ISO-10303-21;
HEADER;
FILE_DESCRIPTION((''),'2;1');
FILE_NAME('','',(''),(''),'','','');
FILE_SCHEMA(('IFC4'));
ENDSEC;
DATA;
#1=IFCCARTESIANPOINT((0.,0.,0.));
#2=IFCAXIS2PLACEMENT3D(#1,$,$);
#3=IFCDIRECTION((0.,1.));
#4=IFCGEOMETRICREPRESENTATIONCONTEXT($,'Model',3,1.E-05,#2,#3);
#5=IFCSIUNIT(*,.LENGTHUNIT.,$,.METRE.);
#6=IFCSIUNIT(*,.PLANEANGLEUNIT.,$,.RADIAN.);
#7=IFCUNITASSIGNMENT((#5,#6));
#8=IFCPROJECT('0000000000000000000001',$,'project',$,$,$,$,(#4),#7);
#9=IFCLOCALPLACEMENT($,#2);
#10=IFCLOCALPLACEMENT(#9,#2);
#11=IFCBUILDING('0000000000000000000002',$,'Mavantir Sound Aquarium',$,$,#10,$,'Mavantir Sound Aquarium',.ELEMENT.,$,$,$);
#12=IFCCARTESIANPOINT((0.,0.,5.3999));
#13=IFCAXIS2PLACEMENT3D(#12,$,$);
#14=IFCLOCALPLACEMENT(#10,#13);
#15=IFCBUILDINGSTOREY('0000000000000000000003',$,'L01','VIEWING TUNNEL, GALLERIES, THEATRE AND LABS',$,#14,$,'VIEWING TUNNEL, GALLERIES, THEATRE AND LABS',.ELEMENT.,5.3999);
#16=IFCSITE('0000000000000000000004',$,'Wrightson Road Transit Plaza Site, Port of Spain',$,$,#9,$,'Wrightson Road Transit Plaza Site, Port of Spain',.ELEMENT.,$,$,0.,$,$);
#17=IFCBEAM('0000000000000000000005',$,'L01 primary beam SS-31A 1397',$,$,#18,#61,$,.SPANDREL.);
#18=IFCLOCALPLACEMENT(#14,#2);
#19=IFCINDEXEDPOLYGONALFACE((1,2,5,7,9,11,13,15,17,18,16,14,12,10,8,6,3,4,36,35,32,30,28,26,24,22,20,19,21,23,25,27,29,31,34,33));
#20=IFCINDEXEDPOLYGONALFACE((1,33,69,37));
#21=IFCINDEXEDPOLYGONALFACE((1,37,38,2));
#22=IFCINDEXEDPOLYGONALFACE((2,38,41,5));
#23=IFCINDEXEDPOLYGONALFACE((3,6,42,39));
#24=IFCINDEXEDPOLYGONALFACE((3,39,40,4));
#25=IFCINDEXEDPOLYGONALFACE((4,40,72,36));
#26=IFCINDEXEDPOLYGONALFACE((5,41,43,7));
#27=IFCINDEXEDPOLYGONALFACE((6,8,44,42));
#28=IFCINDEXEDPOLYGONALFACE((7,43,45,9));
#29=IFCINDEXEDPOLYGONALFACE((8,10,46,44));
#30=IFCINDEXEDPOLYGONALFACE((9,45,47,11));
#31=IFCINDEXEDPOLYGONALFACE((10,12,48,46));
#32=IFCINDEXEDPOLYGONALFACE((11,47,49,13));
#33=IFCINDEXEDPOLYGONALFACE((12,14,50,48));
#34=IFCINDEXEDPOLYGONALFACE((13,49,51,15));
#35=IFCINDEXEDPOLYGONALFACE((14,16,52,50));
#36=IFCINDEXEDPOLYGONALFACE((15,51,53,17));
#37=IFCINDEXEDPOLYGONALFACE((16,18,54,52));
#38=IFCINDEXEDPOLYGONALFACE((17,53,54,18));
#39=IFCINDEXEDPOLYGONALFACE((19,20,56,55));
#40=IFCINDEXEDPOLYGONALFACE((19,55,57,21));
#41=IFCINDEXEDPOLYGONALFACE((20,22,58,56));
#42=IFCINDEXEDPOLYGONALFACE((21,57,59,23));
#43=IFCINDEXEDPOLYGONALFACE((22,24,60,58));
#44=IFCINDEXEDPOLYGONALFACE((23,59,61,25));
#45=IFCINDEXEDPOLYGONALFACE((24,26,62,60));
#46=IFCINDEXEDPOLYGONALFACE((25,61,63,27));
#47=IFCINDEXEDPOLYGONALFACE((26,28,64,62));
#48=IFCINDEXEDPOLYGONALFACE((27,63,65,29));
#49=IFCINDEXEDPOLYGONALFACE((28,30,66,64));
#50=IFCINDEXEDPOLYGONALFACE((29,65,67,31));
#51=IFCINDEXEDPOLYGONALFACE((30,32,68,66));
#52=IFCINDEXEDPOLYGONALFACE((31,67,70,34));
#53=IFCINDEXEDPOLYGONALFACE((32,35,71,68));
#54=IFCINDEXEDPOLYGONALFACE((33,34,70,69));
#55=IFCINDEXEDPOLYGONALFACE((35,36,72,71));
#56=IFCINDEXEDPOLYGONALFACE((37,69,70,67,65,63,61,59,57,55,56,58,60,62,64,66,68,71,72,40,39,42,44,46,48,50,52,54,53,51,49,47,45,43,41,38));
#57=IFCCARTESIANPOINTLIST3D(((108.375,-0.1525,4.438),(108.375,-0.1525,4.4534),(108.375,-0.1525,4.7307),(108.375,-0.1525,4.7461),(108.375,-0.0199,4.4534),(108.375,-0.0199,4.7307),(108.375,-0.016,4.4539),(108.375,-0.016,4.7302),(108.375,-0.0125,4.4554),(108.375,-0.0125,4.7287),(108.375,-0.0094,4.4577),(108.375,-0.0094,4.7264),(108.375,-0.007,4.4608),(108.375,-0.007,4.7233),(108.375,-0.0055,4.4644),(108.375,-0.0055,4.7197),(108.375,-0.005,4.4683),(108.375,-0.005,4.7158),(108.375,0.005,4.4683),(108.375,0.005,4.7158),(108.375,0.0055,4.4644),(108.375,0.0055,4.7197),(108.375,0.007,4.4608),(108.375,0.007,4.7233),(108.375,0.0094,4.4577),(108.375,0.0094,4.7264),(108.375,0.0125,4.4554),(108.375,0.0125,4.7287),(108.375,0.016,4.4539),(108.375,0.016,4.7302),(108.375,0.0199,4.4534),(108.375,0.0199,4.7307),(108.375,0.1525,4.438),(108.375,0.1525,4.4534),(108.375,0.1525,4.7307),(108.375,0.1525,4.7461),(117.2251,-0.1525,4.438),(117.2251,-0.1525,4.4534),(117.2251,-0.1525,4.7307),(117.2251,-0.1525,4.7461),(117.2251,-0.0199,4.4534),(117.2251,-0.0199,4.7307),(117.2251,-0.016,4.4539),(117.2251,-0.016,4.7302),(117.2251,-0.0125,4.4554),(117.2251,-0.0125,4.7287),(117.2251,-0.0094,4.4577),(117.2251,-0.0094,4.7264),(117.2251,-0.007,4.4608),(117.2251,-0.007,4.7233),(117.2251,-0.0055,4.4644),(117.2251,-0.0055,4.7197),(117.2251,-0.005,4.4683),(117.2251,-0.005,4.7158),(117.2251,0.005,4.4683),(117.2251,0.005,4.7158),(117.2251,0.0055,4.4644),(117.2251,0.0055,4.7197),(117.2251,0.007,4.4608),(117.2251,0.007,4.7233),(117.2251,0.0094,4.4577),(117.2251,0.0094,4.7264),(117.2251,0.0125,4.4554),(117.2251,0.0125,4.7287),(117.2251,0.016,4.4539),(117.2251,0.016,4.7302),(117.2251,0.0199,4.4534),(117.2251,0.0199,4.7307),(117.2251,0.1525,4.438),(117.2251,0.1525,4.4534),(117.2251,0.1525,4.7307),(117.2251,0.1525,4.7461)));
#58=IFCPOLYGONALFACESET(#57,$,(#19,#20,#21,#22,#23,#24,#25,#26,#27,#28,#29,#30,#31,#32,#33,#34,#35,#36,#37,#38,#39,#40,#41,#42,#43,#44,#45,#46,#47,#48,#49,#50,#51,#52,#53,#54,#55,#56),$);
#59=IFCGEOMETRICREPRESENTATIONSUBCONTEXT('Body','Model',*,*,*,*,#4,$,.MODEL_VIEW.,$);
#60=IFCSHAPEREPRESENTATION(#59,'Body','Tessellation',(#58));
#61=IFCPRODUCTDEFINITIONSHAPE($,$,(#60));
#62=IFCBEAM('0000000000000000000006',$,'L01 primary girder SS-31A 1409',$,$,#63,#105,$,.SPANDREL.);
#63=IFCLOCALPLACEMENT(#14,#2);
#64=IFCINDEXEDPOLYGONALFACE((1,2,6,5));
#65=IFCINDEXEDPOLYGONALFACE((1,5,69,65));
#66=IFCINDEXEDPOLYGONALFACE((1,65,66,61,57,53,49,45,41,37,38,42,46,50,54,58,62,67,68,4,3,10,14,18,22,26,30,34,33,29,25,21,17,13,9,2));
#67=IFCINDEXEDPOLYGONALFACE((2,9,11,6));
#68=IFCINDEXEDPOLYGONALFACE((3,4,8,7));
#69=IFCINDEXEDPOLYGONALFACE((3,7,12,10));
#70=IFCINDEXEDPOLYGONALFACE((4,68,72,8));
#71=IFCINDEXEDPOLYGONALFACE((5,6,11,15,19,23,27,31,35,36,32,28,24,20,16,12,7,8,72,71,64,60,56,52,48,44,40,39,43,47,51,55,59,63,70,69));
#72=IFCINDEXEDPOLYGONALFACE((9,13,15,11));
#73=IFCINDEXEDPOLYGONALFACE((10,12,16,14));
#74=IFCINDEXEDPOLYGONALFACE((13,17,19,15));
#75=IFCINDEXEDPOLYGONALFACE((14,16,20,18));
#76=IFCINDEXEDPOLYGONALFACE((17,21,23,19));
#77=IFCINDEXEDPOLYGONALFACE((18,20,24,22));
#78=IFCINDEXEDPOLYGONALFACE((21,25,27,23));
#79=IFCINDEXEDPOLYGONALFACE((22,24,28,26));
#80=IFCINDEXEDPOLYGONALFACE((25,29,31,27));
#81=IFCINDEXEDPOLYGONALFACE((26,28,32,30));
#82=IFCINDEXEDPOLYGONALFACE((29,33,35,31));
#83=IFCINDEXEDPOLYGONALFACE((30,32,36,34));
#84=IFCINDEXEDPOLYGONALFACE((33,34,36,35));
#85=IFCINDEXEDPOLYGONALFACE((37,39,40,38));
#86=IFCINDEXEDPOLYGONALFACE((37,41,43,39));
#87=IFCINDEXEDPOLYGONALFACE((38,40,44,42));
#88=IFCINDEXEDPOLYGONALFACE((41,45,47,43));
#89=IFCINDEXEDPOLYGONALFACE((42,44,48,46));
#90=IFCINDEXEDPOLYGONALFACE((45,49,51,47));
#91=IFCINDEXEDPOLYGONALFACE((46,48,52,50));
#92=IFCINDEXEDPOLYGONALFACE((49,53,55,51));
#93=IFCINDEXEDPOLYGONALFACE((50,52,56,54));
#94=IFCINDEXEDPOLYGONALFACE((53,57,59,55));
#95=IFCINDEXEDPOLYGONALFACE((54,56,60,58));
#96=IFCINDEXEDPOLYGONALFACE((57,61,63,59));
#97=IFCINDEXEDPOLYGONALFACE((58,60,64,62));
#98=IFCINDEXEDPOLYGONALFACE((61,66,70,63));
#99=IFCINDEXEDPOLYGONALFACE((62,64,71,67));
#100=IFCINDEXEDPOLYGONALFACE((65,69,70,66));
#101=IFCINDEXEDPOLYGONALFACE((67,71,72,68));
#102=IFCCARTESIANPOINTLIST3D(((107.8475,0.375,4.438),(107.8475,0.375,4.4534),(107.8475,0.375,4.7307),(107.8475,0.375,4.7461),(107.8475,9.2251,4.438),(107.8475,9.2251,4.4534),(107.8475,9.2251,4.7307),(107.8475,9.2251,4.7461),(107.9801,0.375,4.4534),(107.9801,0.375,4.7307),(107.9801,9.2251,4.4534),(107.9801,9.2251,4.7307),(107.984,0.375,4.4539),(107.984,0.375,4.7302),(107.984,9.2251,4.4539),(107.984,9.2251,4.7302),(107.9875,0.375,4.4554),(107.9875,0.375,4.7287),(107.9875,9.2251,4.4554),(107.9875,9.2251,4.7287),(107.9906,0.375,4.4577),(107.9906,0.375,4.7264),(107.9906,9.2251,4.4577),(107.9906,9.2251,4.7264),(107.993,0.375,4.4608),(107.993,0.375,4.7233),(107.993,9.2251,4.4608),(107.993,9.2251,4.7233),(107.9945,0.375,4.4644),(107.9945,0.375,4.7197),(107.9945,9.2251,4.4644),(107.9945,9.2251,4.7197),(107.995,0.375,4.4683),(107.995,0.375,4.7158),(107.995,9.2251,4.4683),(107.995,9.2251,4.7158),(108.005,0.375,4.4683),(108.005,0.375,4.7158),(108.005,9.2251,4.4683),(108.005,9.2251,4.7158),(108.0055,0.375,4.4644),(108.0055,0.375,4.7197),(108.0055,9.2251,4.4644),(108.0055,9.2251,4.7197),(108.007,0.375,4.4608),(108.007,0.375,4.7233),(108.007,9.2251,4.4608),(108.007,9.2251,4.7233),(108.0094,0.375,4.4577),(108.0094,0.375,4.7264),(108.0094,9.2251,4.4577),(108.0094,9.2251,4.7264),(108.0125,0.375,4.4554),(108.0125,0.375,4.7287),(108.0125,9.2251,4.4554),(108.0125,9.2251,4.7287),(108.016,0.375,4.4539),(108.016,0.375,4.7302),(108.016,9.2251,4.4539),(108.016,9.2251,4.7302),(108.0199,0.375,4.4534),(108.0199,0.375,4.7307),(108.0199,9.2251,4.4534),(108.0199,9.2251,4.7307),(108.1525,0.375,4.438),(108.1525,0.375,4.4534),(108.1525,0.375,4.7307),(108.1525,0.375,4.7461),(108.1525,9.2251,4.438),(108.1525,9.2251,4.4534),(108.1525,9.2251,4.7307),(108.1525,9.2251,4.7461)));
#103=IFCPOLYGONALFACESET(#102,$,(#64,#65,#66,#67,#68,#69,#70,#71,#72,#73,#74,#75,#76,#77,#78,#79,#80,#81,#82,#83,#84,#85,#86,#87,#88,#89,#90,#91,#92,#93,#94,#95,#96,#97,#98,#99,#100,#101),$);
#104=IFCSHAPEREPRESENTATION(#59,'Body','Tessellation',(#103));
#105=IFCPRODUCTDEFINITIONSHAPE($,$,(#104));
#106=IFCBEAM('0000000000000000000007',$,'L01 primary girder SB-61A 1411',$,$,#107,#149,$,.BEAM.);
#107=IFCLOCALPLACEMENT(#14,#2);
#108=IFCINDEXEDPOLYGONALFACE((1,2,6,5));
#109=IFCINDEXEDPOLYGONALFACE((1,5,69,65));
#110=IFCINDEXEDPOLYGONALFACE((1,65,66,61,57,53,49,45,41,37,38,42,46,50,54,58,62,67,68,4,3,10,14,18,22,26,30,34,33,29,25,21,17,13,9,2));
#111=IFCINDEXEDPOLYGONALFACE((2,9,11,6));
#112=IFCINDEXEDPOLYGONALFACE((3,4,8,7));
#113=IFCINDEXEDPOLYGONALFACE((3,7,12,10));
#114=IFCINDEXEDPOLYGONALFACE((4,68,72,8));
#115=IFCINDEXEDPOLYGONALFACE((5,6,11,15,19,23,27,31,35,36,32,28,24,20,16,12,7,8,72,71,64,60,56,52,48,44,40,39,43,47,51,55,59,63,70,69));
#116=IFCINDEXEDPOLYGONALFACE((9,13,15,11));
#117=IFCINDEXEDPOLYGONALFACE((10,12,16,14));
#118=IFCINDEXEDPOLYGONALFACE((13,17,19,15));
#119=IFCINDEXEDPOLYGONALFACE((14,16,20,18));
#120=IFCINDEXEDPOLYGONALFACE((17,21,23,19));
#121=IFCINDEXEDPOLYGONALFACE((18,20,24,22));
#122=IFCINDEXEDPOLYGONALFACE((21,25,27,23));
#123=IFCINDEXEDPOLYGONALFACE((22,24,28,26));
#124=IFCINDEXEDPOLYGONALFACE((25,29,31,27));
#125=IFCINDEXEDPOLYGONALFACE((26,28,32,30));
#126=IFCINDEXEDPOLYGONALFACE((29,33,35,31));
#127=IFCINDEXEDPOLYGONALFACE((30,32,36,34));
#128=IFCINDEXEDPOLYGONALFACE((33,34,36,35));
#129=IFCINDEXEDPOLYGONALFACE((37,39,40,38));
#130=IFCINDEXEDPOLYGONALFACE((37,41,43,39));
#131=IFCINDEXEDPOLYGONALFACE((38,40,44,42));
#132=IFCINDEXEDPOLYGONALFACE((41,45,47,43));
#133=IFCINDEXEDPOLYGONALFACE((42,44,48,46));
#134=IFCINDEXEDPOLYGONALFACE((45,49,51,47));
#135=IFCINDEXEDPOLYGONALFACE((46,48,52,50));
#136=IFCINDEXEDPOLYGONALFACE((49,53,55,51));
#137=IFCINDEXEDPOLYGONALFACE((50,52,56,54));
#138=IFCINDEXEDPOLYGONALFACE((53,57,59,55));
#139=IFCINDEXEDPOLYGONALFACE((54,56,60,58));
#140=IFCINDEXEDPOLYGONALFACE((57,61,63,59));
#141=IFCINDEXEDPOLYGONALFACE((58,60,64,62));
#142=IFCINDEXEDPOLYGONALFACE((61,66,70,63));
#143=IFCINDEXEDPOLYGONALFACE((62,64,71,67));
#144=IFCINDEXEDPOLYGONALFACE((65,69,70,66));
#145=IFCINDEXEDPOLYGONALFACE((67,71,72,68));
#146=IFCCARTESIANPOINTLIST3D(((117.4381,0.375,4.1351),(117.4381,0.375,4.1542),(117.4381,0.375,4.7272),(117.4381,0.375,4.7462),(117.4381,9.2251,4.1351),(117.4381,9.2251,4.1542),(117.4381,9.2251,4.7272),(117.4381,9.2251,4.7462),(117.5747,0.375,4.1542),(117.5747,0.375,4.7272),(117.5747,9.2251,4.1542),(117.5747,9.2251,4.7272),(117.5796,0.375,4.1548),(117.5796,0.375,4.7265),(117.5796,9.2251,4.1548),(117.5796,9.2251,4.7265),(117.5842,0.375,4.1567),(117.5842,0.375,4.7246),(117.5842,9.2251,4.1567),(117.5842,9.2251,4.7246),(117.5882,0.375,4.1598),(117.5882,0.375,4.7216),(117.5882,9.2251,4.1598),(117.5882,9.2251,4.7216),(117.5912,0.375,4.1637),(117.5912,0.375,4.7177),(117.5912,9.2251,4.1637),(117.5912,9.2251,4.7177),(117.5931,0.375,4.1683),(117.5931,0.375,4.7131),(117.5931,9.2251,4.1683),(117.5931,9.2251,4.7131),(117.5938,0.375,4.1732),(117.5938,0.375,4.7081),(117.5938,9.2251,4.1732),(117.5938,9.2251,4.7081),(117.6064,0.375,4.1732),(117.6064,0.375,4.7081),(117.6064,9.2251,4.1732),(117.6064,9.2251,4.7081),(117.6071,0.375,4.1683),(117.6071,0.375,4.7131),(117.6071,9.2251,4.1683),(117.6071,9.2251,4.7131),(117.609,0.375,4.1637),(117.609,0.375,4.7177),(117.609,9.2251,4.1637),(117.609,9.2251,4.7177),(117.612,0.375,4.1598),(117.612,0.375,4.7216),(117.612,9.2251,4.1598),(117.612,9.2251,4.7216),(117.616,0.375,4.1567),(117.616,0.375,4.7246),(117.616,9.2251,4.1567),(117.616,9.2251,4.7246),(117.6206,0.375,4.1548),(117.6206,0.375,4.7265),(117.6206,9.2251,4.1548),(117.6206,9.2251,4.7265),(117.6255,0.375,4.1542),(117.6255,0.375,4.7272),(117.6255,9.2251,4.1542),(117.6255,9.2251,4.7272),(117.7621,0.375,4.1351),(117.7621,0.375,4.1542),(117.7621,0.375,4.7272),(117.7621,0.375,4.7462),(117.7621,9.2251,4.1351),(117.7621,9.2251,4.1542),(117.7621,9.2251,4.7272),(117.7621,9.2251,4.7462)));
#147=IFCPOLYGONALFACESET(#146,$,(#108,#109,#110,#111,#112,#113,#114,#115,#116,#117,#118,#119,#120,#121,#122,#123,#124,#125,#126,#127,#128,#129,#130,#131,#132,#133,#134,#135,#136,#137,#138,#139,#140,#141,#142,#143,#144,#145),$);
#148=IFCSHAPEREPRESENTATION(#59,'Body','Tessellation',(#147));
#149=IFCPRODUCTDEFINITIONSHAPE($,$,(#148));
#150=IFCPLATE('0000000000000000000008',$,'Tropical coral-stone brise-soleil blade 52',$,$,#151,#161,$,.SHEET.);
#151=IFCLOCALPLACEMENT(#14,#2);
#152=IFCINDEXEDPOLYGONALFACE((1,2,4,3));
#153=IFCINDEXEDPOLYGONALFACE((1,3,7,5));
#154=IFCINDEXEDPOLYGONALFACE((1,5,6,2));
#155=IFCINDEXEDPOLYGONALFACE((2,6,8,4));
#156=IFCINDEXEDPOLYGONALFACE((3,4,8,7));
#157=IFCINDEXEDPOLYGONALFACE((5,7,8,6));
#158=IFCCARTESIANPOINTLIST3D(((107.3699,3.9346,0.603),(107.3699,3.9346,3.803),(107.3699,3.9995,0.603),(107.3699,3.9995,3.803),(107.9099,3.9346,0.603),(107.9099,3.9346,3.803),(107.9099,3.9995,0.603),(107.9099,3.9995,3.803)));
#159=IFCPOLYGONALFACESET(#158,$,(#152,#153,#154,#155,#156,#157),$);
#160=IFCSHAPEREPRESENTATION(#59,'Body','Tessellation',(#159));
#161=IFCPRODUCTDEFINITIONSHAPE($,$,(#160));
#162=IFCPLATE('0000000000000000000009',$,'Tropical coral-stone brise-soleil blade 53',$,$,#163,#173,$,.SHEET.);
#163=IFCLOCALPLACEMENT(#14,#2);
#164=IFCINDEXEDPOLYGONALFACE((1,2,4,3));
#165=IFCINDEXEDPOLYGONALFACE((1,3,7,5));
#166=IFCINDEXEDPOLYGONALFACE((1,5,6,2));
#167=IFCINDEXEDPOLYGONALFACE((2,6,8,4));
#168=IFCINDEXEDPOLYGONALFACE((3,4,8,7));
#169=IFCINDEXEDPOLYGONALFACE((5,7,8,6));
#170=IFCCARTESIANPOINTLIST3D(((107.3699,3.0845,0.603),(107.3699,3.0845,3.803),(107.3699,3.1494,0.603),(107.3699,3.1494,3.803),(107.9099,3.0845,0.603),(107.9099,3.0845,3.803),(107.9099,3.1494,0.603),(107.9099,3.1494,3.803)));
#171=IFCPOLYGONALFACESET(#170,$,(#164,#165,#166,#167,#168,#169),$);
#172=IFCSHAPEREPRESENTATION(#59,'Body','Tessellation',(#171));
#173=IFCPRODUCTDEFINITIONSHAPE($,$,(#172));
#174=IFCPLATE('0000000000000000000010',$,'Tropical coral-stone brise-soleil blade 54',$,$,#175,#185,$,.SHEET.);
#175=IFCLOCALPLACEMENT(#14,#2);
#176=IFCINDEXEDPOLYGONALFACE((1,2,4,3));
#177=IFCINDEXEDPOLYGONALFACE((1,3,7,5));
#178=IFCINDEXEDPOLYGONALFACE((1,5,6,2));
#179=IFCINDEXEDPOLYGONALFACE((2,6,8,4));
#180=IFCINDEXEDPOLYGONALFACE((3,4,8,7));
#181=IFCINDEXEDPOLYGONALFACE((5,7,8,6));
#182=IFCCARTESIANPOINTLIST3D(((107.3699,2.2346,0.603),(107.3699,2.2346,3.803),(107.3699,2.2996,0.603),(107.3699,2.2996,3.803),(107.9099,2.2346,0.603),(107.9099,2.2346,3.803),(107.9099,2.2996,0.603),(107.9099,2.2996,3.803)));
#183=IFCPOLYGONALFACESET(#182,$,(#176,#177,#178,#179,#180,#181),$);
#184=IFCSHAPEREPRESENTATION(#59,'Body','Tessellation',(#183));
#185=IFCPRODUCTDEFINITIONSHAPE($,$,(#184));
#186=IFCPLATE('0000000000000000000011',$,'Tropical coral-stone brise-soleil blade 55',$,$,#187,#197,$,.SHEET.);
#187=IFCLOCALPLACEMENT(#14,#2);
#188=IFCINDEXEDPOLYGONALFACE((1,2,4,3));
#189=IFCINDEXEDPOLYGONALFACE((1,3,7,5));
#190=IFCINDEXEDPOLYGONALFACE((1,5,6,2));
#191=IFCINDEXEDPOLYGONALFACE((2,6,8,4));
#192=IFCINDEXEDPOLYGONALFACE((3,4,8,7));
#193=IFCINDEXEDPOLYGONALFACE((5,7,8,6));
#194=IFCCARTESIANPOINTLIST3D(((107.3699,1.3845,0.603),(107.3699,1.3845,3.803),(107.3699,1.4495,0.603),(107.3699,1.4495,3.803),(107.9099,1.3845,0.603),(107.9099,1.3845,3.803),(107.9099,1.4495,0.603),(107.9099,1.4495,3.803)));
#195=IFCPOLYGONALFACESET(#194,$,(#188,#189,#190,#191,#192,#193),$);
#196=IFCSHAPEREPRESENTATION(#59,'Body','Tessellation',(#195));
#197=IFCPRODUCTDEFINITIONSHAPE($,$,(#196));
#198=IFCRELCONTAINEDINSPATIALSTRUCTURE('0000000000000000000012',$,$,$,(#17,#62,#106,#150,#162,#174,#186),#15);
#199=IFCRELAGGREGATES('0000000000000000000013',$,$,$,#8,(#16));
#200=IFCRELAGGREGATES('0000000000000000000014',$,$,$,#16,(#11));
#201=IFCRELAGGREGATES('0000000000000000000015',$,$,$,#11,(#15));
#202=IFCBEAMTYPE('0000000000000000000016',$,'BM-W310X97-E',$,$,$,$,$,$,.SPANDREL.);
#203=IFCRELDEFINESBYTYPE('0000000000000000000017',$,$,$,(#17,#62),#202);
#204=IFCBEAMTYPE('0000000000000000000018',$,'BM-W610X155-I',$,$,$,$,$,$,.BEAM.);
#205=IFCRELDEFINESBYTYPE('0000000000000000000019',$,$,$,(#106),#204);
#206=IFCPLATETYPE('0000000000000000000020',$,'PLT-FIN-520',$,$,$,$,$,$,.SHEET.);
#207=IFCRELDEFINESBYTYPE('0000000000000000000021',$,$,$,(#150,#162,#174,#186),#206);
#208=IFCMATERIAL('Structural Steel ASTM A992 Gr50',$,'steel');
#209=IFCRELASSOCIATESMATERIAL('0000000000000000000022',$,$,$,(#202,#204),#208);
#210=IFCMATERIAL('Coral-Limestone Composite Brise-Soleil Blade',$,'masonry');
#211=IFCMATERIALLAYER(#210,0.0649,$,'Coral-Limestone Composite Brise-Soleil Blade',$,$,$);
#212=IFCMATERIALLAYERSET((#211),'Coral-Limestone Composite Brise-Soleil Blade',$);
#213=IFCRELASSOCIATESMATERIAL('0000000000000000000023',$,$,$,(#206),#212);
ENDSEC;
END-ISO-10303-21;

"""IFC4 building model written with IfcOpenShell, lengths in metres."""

from ifc_helpers import new_model, si_unit, direction, frame, origin, origin_2d, place, context, subcontext, project, spatial, rectangle, i_section, extrude, material, layer, layer_set, material_profile, profile_set, type_object, element, save


model = new_model("IFC4")

# Units and contexts
model_context = context("Model", 3, precision=1e-05, world=origin(), true_north=direction((0.0, 1.0)))
body_context = subcontext(model_context, "Body", "Model", "MODEL_VIEW")
ifc_project = project(units=[si_unit("LENGTHUNIT", "METRE"), si_unit("PLANEANGLEUNIT", "RADIAN")], contexts=[model_context])

# Site, building, storey
site_placement = place(None, origin())
site = spatial("IfcSite", under=ifc_project, at=site_placement, Name="Wrightson Road Transit Plaza Site, Port of Spain", LongName="Wrightson Road Transit Plaza Site, Port of Spain", CompositionType="ELEMENT", RefElevation=0.0)
building_placement = place(site_placement, origin())
building = spatial("IfcBuilding", under=site, at=building_placement, Name="Mavantir Sound Aquarium", LongName="Mavantir Sound Aquarium", CompositionType="ELEMENT")
storey_placement = place(building_placement, frame((0.0, 0.0, 5.3999)))
storey = spatial("IfcBuildingStorey", under=building, at=storey_placement, Name="L01", Description="VIEWING TUNNEL, GALLERIES, THEATRE AND LABS", LongName="VIEWING TUNNEL, GALLERIES, THEATRE AND LABS", CompositionType="ELEMENT", Elevation=5.3999)

# Beams
ifc_material_1 = material(Name="Structural Steel ASTM A992 Gr50", Category="steel")
ifc_material_profile_1 = material_profile(ifc_material_1, i_section(OverallWidth=0.3049, OverallDepth=0.3081, WebThickness=0.01, FlangeThickness=0.0154, FilletRadius=0.0149, at=origin_2d()), Name="W310X97")
ifc_profile_set_1 = profile_set([ifc_material_profile_1], Name="Structural Steel ASTM A992 Gr50")
beam_type_1 = type_object("IfcBeamType", Name="BM-W310X97-E", PredefinedType="SPANDREL", material=ifc_profile_set_1)
for number, where, z_axis, x_axis, name in (
    (1, (108.375, 0.0, 4.592), (1.0, 0.0, 0.0), (0.0, 1.0, 0.0), "L01 primary beam SS-31A 1397"),
    (2, (108.0, 0.375, 4.592), (0.0, 1.0, 0.0), (-1.0, 0.0, 0.0), "L01 primary girder SS-31A 1409"),
):
    element("IfcBeam", number, at=place(storey_placement, frame(where, z_axis=z_axis, x_axis=x_axis)), inside=storey, type_object=beam_type_1, Name=name, PredefinedType="SPANDREL", context=body_context, shape_type="SweptSolid", body=[
        extrude(i_section(OverallWidth=0.3049, OverallDepth=0.3081, WebThickness=0.01, FlangeThickness=0.0154, FilletRadius=0.0149, at=origin_2d()), origin(), (0.0, 0.0, 1.0), 8.8501),
    ])
ifc_material_profile_2 = material_profile(ifc_material_1, i_section(OverallWidth=0.324, OverallDepth=0.6111, WebThickness=0.0127, FlangeThickness=0.019, FilletRadius=0.019, at=origin_2d()), Name="W610X155")
ifc_profile_set_2 = profile_set([ifc_material_profile_2], Name="Structural Steel ASTM A992 Gr50")
beam_type_2 = type_object("IfcBeamType", Name="BM-W610X155-I", PredefinedType="BEAM", material=ifc_profile_set_2)
beam_placement = place(storey_placement, frame((117.6001, 0.375, 4.4407), z_axis=(0.0, 1.0, 0.0), x_axis=(-1.0, 0.0, 0.0)))
element("IfcBeam", 3, at=beam_placement, inside=storey, type_object=beam_type_2, Name="L01 primary girder SB-61A 1411", PredefinedType="BEAM", context=body_context, shape_type="SweptSolid", body=[
    extrude(i_section(OverallWidth=0.324, OverallDepth=0.6111, WebThickness=0.0127, FlangeThickness=0.019, FilletRadius=0.019, at=origin_2d()), origin(), (0.0, 0.0, 1.0), 8.8501),
])

# Plates
ifc_material_2 = material(Name="Coral-Limestone Composite Brise-Soleil Blade", Category="masonry")
ifc_layer_1 = layer(ifc_material_2, 0.0649, Name="Coral-Limestone Composite Brise-Soleil Blade")
ifc_layer_set_1 = layer_set([ifc_layer_1], Name="Coral-Limestone Composite Brise-Soleil Blade")
plate_type = type_object("IfcPlateType", Name="PLT-FIN-520", PredefinedType="SHEET", material=ifc_layer_set_1)
for number, where, z_axis, x_axis, name in (
    (4, (107.6399, 3.967, 0.603), (0.0, 0.0, 1.0), (0.0, 1.0, 0.0), "Tropical coral-stone brise-soleil blade 52"),
    (5, (107.6399, 3.1169, 0.603), (0.0, 0.0, 1.0), (0.0, 1.0, 0.0), "Tropical coral-stone brise-soleil blade 53"),
    (6, (107.6399, 2.2671, 0.603), (0.0, 0.0, 1.0), (0.0, 1.0, 0.0), "Tropical coral-stone brise-soleil blade 54"),
    (7, (107.6399, 1.417, 0.603), (0.0, 0.0, 1.0), (0.0, 1.0, 0.0), "Tropical coral-stone brise-soleil blade 55"),
):
    element("IfcPlate", number, at=place(storey_placement, frame(where, z_axis=z_axis, x_axis=x_axis)), inside=storey, type_object=plate_type, Name=name, PredefinedType="SHEET", context=body_context, shape_type="SweptSolid", body=[
        extrude(rectangle(XDim=0.0649, YDim=0.54, at=origin_2d()), origin(), (0.0, 0.0, 1.0), 3.2),
    ])

save(model, "model.ifc")
